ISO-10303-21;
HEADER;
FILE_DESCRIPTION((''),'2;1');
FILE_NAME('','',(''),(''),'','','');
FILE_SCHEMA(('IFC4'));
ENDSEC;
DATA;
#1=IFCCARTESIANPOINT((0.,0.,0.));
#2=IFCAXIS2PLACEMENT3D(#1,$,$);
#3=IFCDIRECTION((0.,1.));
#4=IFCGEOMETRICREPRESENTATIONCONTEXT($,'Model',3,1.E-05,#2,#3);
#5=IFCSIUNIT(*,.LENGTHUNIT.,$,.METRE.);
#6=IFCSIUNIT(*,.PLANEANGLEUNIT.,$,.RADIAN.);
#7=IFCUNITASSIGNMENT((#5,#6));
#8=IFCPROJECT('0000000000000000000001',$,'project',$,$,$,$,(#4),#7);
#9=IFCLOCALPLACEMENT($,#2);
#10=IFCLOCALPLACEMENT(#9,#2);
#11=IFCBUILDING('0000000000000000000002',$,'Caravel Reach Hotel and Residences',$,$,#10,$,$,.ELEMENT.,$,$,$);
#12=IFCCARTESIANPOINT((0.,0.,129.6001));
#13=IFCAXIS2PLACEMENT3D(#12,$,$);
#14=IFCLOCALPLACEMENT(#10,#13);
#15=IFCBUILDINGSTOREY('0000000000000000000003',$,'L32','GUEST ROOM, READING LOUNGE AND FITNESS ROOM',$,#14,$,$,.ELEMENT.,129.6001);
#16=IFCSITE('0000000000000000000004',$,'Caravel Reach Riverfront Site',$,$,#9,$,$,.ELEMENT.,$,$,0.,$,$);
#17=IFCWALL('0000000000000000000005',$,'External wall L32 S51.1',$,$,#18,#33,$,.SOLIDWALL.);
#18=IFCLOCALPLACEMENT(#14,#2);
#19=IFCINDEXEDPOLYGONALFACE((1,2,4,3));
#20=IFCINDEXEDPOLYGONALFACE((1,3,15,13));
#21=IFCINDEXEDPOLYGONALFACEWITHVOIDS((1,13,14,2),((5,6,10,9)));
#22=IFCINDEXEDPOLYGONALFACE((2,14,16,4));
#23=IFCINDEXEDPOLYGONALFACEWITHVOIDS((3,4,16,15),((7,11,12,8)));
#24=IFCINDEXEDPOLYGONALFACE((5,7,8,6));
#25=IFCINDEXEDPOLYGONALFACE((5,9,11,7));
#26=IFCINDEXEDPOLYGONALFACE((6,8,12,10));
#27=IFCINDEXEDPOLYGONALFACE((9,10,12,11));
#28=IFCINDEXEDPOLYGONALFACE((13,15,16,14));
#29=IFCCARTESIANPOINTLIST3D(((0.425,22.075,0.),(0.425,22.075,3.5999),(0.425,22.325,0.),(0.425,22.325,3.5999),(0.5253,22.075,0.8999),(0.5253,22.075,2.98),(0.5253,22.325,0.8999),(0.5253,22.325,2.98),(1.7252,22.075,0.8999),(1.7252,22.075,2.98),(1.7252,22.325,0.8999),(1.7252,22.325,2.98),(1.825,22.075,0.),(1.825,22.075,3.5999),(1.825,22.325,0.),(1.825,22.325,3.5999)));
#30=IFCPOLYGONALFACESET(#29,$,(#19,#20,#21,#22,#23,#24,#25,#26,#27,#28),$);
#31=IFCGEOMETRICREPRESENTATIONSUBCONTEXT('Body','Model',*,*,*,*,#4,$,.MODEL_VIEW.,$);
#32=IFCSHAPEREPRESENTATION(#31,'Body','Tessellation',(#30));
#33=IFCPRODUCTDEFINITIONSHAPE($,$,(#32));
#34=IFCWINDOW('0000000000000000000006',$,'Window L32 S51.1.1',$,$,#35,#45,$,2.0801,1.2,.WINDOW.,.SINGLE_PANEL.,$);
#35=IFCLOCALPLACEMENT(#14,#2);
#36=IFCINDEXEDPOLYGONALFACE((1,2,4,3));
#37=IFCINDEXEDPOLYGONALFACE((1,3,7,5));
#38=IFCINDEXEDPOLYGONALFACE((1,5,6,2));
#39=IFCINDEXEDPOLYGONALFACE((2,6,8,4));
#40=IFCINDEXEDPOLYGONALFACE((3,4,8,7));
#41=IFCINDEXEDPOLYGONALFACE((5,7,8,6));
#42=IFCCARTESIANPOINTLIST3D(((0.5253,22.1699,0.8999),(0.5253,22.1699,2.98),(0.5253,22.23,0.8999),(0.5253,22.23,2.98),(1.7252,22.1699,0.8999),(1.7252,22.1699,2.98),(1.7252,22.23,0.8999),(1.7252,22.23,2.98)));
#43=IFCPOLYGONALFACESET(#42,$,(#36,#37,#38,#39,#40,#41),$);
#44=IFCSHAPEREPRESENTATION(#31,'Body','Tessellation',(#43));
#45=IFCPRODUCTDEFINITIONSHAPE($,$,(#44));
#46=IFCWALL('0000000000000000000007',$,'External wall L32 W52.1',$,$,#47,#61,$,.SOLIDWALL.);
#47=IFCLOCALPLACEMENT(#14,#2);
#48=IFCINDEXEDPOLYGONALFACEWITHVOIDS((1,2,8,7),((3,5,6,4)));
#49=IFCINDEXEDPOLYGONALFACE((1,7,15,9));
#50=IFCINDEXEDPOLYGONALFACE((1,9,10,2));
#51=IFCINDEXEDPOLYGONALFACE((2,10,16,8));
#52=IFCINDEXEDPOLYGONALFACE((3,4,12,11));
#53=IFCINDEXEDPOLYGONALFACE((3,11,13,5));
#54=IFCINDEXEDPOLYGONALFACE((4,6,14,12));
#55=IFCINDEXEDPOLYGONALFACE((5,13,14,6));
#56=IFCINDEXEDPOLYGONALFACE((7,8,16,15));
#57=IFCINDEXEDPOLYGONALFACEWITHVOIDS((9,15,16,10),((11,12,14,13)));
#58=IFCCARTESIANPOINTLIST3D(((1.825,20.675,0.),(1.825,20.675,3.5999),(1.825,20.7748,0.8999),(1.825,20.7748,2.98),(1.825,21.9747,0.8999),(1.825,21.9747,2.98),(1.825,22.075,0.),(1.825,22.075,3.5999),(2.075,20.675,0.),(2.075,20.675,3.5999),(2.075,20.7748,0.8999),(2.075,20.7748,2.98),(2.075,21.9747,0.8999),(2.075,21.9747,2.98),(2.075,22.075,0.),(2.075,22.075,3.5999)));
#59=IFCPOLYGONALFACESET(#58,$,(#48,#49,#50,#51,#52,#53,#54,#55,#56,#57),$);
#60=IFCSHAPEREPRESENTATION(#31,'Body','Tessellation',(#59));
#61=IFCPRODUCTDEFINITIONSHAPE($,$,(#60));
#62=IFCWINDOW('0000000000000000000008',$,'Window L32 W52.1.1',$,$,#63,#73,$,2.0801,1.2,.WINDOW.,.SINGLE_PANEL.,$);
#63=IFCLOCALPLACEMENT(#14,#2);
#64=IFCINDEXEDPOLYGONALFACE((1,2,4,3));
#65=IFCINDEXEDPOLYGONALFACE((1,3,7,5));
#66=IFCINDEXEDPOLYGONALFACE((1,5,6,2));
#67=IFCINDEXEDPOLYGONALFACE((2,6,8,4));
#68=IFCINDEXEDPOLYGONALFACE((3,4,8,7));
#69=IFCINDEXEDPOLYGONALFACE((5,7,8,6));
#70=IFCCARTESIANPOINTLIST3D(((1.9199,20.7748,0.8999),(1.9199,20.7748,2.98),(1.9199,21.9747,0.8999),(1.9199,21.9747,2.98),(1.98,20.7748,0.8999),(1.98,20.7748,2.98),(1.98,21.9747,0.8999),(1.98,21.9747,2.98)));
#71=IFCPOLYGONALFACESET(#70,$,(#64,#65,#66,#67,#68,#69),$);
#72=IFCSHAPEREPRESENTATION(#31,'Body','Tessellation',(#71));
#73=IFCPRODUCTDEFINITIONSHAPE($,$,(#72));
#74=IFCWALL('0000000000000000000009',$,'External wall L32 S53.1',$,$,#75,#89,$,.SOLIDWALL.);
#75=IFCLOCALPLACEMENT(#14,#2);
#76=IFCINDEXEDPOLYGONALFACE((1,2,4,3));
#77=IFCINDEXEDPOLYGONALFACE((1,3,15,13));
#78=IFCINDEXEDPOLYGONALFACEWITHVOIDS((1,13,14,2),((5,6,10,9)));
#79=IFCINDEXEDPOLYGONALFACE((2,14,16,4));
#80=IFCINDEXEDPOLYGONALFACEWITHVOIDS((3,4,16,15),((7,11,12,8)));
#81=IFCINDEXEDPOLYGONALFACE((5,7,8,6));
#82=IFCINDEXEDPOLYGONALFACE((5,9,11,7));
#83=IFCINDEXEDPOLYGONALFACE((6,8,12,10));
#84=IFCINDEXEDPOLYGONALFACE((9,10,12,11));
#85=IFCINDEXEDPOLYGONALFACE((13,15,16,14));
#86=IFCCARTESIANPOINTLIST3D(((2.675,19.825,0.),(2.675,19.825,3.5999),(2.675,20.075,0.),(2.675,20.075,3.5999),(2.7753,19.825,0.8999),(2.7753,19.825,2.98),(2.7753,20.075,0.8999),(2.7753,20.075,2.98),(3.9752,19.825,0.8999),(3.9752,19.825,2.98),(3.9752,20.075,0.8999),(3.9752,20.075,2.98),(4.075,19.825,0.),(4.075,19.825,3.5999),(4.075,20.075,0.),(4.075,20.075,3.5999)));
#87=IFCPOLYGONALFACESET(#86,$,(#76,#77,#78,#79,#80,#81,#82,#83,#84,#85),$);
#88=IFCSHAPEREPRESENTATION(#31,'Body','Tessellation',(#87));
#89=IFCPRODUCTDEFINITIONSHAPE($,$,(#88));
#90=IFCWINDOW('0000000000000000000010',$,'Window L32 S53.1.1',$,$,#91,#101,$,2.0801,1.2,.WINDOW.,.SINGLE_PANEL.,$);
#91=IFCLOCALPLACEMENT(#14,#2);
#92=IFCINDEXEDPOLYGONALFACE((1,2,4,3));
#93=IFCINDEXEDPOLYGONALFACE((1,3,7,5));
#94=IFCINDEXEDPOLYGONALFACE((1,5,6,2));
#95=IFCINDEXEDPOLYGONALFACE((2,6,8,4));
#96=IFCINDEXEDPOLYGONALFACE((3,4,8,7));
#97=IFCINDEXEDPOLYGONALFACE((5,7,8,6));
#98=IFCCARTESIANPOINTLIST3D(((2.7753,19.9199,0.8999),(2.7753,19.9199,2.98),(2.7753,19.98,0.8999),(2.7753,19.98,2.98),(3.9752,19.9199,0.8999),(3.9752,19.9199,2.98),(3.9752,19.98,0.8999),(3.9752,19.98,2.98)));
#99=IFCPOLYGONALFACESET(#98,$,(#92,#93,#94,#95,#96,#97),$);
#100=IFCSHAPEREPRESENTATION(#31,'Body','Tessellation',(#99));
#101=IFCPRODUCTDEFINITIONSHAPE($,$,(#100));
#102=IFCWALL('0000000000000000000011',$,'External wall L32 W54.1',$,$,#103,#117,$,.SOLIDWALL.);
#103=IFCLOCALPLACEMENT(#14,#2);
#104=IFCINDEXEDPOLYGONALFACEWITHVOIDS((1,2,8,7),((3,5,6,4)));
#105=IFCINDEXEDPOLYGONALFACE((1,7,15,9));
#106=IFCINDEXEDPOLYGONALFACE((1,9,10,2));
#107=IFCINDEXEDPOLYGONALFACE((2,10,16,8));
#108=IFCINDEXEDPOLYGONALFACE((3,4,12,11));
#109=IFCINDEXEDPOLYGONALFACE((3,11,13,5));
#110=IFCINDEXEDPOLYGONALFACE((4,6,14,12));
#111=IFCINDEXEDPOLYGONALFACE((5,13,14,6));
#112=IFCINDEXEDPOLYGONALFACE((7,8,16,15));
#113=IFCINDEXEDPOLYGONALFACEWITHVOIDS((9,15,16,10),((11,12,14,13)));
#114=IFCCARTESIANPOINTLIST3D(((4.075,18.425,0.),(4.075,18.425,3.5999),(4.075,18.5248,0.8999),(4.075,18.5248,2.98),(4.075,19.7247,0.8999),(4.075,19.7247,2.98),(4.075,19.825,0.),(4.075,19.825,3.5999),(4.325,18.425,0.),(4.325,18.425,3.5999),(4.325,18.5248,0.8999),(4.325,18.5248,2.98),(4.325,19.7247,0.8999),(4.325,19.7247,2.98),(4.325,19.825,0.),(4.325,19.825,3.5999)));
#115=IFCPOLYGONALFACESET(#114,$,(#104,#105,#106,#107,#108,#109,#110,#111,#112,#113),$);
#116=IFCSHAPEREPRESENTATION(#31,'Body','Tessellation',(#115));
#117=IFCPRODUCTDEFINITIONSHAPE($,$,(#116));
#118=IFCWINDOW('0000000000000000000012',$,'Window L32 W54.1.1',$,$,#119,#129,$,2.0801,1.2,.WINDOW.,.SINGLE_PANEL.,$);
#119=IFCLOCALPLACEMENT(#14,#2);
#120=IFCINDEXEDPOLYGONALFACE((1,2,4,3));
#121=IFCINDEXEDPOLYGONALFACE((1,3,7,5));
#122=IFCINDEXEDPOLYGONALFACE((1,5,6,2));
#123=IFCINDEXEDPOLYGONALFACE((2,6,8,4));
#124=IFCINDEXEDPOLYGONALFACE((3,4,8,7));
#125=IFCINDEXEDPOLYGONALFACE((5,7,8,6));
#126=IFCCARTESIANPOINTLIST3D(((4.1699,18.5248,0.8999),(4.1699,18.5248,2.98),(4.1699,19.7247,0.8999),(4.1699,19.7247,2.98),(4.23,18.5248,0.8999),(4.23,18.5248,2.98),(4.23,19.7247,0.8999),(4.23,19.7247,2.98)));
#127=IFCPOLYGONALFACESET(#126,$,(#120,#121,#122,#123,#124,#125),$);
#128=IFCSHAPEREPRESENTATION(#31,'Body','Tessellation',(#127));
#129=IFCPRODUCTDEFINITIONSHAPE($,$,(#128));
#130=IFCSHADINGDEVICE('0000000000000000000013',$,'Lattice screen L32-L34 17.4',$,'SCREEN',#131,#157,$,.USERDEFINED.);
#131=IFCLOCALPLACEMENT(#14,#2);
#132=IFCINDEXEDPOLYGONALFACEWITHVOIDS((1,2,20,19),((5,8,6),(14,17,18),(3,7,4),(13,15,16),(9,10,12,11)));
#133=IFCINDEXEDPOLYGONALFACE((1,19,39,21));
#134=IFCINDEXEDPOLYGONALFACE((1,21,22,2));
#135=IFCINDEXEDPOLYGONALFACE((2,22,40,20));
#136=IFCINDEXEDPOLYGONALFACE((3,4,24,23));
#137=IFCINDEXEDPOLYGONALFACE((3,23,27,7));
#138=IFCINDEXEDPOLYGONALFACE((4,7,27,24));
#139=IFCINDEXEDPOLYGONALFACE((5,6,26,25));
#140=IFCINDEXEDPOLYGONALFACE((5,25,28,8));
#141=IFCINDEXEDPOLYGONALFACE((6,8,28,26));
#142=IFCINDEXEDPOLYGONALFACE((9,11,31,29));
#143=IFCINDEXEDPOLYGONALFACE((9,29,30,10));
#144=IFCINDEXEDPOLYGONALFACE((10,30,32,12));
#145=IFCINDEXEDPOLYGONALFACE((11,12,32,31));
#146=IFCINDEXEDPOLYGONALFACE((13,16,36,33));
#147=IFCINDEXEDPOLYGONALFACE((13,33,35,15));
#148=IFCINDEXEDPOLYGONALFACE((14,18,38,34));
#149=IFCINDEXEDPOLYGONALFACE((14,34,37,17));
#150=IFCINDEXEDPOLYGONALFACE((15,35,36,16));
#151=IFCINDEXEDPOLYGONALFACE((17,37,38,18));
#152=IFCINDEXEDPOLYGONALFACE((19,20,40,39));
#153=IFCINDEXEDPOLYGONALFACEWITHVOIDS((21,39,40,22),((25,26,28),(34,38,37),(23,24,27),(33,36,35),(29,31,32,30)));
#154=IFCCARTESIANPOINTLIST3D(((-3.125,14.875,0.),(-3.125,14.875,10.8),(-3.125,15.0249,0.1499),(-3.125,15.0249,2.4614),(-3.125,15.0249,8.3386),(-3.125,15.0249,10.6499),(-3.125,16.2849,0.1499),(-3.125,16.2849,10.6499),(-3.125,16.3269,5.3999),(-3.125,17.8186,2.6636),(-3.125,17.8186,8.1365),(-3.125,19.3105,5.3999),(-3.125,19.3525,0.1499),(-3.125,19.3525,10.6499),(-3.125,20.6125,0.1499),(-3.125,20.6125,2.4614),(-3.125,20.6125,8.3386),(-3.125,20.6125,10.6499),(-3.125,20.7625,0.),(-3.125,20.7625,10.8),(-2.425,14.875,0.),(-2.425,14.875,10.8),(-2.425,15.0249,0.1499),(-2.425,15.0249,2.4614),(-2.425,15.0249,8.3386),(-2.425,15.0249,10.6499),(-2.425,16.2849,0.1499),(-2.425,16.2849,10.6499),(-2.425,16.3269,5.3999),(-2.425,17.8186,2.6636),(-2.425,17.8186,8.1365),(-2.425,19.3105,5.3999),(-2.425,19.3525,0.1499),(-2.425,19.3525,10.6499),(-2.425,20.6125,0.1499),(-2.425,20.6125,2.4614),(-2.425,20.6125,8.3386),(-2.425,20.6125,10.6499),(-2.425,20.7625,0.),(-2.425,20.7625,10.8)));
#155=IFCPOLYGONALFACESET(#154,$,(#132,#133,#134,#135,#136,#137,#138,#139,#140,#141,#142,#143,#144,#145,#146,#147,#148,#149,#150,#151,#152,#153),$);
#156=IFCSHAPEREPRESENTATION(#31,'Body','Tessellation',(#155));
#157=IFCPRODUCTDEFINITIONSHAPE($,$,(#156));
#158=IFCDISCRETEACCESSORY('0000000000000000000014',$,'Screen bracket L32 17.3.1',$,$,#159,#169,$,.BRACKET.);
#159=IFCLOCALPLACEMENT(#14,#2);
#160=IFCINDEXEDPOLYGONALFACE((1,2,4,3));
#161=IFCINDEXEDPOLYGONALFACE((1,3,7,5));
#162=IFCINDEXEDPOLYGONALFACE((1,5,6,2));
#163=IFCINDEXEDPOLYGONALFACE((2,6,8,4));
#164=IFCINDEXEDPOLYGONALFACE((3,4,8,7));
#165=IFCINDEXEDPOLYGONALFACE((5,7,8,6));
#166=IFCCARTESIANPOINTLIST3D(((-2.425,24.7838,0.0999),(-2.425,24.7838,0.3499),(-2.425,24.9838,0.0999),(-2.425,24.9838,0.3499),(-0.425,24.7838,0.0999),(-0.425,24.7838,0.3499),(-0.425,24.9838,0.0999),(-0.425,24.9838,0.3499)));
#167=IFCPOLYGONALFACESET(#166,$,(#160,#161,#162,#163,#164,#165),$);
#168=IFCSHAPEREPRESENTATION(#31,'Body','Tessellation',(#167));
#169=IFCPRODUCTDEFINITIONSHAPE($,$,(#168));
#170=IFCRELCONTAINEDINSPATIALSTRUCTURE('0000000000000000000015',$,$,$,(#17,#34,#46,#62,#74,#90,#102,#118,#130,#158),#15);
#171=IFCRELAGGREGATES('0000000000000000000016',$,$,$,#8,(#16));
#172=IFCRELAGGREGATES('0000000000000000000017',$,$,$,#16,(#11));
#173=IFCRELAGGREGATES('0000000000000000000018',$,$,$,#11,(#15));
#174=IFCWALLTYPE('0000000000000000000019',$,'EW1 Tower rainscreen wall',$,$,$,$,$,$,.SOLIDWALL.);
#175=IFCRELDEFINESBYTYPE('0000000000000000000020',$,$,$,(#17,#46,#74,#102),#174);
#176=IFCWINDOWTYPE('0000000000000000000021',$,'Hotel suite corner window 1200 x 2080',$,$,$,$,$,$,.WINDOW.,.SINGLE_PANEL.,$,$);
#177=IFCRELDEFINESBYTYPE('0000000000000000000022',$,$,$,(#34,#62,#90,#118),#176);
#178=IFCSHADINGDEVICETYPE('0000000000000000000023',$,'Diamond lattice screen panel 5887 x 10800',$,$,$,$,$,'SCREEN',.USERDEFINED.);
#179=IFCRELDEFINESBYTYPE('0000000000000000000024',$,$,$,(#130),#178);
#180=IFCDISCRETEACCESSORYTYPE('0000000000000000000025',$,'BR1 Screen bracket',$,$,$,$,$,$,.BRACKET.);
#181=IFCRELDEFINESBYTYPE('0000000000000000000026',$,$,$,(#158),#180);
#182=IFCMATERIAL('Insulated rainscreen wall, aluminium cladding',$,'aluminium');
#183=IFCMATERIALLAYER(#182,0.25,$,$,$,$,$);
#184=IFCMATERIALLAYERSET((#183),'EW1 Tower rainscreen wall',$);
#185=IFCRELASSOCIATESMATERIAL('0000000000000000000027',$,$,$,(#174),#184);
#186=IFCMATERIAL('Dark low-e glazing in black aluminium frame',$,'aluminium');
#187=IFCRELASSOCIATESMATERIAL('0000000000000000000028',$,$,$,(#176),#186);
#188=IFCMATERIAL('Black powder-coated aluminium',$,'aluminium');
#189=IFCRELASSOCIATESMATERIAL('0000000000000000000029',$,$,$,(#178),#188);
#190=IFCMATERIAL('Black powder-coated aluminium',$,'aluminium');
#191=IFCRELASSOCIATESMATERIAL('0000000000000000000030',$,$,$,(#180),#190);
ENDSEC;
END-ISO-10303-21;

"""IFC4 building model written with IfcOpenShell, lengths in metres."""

from ifc_helpers import new_model, si_unit, direction, frame, frame_2d, origin, origin_2d, place, context, subcontext, project, spatial, polyline, rectangle, outline, extrude, material, layer, layer_set, type_object, element, fill, save


model = new_model("IFC4")

# Units and contexts
model_context = context("Model", 3, precision=1e-05, world=origin(), true_north=direction((0.0, 1.0)))
body_context = subcontext(model_context, "Body", "Model", "MODEL_VIEW")
ifc_project = project(units=[si_unit("LENGTHUNIT", "METRE"), si_unit("PLANEANGLEUNIT", "RADIAN")], contexts=[model_context])

# Site, building, storey
site_placement = place(None, origin())
site = spatial("IfcSite", under=ifc_project, at=site_placement, Name="Caravel Reach Riverfront Site", CompositionType="ELEMENT", RefElevation=0.0)
building_placement = place(site_placement, origin())
building = spatial("IfcBuilding", under=site, at=building_placement, Name="Caravel Reach Hotel and Residences", CompositionType="ELEMENT")
storey_placement = place(building_placement, frame((0.0, 0.0, 129.6001)))
storey = spatial("IfcBuildingStorey", under=building, at=storey_placement, Name="L32", Description="GUEST ROOM, READING LOUNGE AND FITNESS ROOM", CompositionType="ELEMENT", Elevation=129.6001)

# Walls, openings, windows
ifc_material_1 = material(Name="Insulated rainscreen wall, aluminium cladding", Category="aluminium")
ifc_layer = layer(ifc_material_1, 0.25)
ifc_layer_set = layer_set([ifc_layer], Name="EW1 Tower rainscreen wall")
wall_type = type_object("IfcWallType", Name="EW1 Tower rainscreen wall", PredefinedType="SOLIDWALL", material=ifc_layer_set)
wall_1_placement = place(storey_placement, frame((0.425, 22.2, 0.0), z_axis=(0.0, 0.0, 1.0), x_axis=(1.0, 0.0, 0.0)))
wall_1 = element("IfcWall", 1, at=wall_1_placement, inside=storey, type_object=wall_type, Name="External wall L32 S51.1", PredefinedType="SOLIDWALL", context=body_context, shape_type="SweptSolid", body=[
    extrude(rectangle(XDim=1.3999, YDim=0.25, at=frame_2d((0.7, 0.0))), origin(), (0.0, 0.0, 1.0), 3.5999),
])
opening_1_placement = place(wall_1_placement, frame((0.1001, 0.0, 0.8999)))
opening_1 = element("IfcOpeningElement", 2, at=opening_1_placement, cuts=wall_1, PredefinedType="OPENING", context=body_context, shape_type="SweptSolid", body=[
    extrude(rectangle(XDim=1.2, YDim=2.0801, at=frame_2d((0.6001, 1.04))), frame((0.0, 0.135, 0.0), z_axis=(0.0, -1.0, 0.0), x_axis=(1.0, 0.0, 0.0)), (0.0, 0.0, 1.0), 0.27),
])
ifc_material_2 = material(Name="Dark low-e glazing in black aluminium frame", Category="aluminium")
window_type = type_object("IfcWindowType", Name="Hotel suite corner window 1200 x 2080", PartitioningType="SINGLE_PANEL", PredefinedType="WINDOW", material=ifc_material_2)
window_1_placement = place(opening_1_placement, origin())
window_1 = element("IfcWindow", 3, at=window_1_placement, inside=storey, type_object=window_type, Name="Window L32 S51.1.1", OverallHeight=2.0801, OverallWidth=1.2, PartitioningType="SINGLE_PANEL", PredefinedType="WINDOW", context=body_context, shape_type="SweptSolid", body=[
    extrude(rectangle(XDim=1.2, YDim=2.0801, at=frame_2d((0.6001, 1.04))), frame((0.0, 0.03, 0.0), z_axis=(0.0, -1.0, 0.0), x_axis=(1.0, 0.0, 0.0)), (0.0, 0.0, 1.0), 0.0601),
])
fill(opening_1, window_1)
wall_2_placement = place(storey_placement, frame((1.95, 22.075, 0.0), z_axis=(0.0, 0.0, 1.0), x_axis=(0.0, -1.0, 0.0)))
wall_2 = element("IfcWall", 4, at=wall_2_placement, inside=storey, type_object=wall_type, Name="External wall L32 W52.1", PredefinedType="SOLIDWALL", context=body_context, shape_type="SweptSolid", body=[
    extrude(rectangle(XDim=1.3999, YDim=0.25, at=frame_2d((0.7, 0.0))), origin(), (0.0, 0.0, 1.0), 3.5999),
])
opening_2_placement = place(wall_2_placement, frame((0.1001, 0.0, 0.8999)))
opening_2 = element("IfcOpeningElement", 5, at=opening_2_placement, cuts=wall_2, PredefinedType="OPENING", context=body_context, shape_type="SweptSolid", body=[
    extrude(rectangle(XDim=1.2, YDim=2.0801, at=frame_2d((0.6001, 1.04))), frame((0.0, 0.135, 0.0), z_axis=(0.0, -1.0, 0.0), x_axis=(1.0, 0.0, 0.0)), (0.0, 0.0, 1.0), 0.27),
])
window_2_placement = place(opening_2_placement, origin())
window_2 = element("IfcWindow", 6, at=window_2_placement, inside=storey, type_object=window_type, Name="Window L32 W52.1.1", OverallHeight=2.0801, OverallWidth=1.2, PartitioningType="SINGLE_PANEL", PredefinedType="WINDOW", context=body_context, shape_type="SweptSolid", body=[
    extrude(rectangle(XDim=1.2, YDim=2.0801, at=frame_2d((0.6001, 1.04))), frame((0.0, 0.03, 0.0), z_axis=(0.0, -1.0, 0.0), x_axis=(1.0, 0.0, 0.0)), (0.0, 0.0, 1.0), 0.0601),
])
fill(opening_2, window_2)
wall_3_placement = place(storey_placement, frame((2.675, 19.95, 0.0), z_axis=(0.0, 0.0, 1.0), x_axis=(1.0, 0.0, 0.0)))
wall_3 = element("IfcWall", 7, at=wall_3_placement, inside=storey, type_object=wall_type, Name="External wall L32 S53.1", PredefinedType="SOLIDWALL", context=body_context, shape_type="SweptSolid", body=[
    extrude(rectangle(XDim=1.3999, YDim=0.25, at=frame_2d((0.7, 0.0))), origin(), (0.0, 0.0, 1.0), 3.5999),
])
opening_3_placement = place(wall_3_placement, frame((0.1001, 0.0, 0.8999)))
opening_3 = element("IfcOpeningElement", 8, at=opening_3_placement, cuts=wall_3, PredefinedType="OPENING", context=body_context, shape_type="SweptSolid", body=[
    extrude(rectangle(XDim=1.2, YDim=2.0801, at=frame_2d((0.6001, 1.04))), frame((0.0, 0.135, 0.0), z_axis=(0.0, -1.0, 0.0), x_axis=(1.0, 0.0, 0.0)), (0.0, 0.0, 1.0), 0.27),
])
window_3_placement = place(opening_3_placement, origin())
window_3 = element("IfcWindow", 9, at=window_3_placement, inside=storey, type_object=window_type, Name="Window L32 S53.1.1", OverallHeight=2.0801, OverallWidth=1.2, PartitioningType="SINGLE_PANEL", PredefinedType="WINDOW", context=body_context, shape_type="SweptSolid", body=[
    extrude(rectangle(XDim=1.2, YDim=2.0801, at=frame_2d((0.6001, 1.04))), frame((0.0, 0.03, 0.0), z_axis=(0.0, -1.0, 0.0), x_axis=(1.0, 0.0, 0.0)), (0.0, 0.0, 1.0), 0.0601),
])
fill(opening_3, window_3)
wall_4_placement = place(storey_placement, frame((4.2, 19.825, 0.0), z_axis=(0.0, 0.0, 1.0), x_axis=(0.0, -1.0, 0.0)))
wall_4 = element("IfcWall", 10, at=wall_4_placement, inside=storey, type_object=wall_type, Name="External wall L32 W54.1", PredefinedType="SOLIDWALL", context=body_context, shape_type="SweptSolid", body=[
    extrude(rectangle(XDim=1.3999, YDim=0.25, at=frame_2d((0.7, 0.0))), origin(), (0.0, 0.0, 1.0), 3.5999),
])
opening_4_placement = place(wall_4_placement, frame((0.1001, 0.0, 0.8999)))
opening_4 = element("IfcOpeningElement", 11, at=opening_4_placement, cuts=wall_4, PredefinedType="OPENING", context=body_context, shape_type="SweptSolid", body=[
    extrude(rectangle(XDim=1.2, YDim=2.0801, at=frame_2d((0.6001, 1.04))), frame((0.0, 0.135, 0.0), z_axis=(0.0, -1.0, 0.0), x_axis=(1.0, 0.0, 0.0)), (0.0, 0.0, 1.0), 0.27),
])
window_4_placement = place(opening_4_placement, origin())
window_4 = element("IfcWindow", 12, at=window_4_placement, inside=storey, type_object=window_type, Name="Window L32 W54.1.1", OverallHeight=2.0801, OverallWidth=1.2, PartitioningType="SINGLE_PANEL", PredefinedType="WINDOW", context=body_context, shape_type="SweptSolid", body=[
    extrude(rectangle(XDim=1.2, YDim=2.0801, at=frame_2d((0.6001, 1.04))), frame((0.0, 0.03, 0.0), z_axis=(0.0, -1.0, 0.0), x_axis=(1.0, 0.0, 0.0)), (0.0, 0.0, 1.0), 0.0601),
])
fill(opening_4, window_4)

# Shading device
ifc_material_3 = material(Name="Black powder-coated aluminium", Category="aluminium")
shading_device_type = type_object("IfcShadingDeviceType", Name="Diamond lattice screen panel 5887 x 10800", ElementType="SCREEN", PredefinedType="USERDEFINED", material=ifc_material_3)
shading_device_placement = place(storey_placement, frame((-2.425, 20.7625, 0.0), z_axis=(-1.0, 0.0, 0.0), x_axis=(0.0, -1.0, 0.0)))
element("IfcShadingDevice", 13, at=shading_device_placement, inside=storey, type_object=shading_device_type, Name="Lattice screen L32-L34 17.4", ObjectType="SCREEN", PredefinedType="USERDEFINED", context=body_context, shape_type="SweptSolid", body=[
    extrude(outline(polyline([(0.0, 0.0), (5.8875, 0.0), (5.8875, 10.8), (0.0, 10.8), (0.0, 0.0)]), holes=[polyline([(1.4099, 0.1499), (0.1499, 2.4614), (0.1499, 0.1499), (1.4099, 0.1499)]), polyline([(0.1499, 8.3386), (1.4099, 10.6499), (0.1499, 10.6499), (0.1499, 8.3386)]), polyline([(2.9438, 8.1365), (1.4519, 5.3999), (2.9438, 2.6636), (4.4355, 5.3999), (2.9438, 8.1365)]), polyline([(5.7375, 2.4614), (4.4775, 0.1499), (5.7375, 0.1499), (5.7375, 2.4614)]), polyline([(4.4775, 10.6499), (5.7375, 8.3386), (5.7375, 10.6499), (4.4775, 10.6499)])]), origin(), (0.0, 0.0, 1.0), 0.7),
])

# Discrete accessory
ifc_material_4 = material(Name="Black powder-coated aluminium", Category="aluminium")
discrete_accessory_type = type_object("IfcDiscreteAccessoryType", Name="BR1 Screen bracket", PredefinedType="BRACKET", material=ifc_material_4)
discrete_accessory_placement = place(storey_placement, frame((-1.425, 24.8838, 0.0999), z_axis=(0.0, 0.0, 1.0), x_axis=(-1.0, 0.0, 0.0)))
element("IfcDiscreteAccessory", 14, at=discrete_accessory_placement, inside=storey, type_object=discrete_accessory_type, Name="Screen bracket L32 17.3.1", PredefinedType="BRACKET", context=body_context, shape_type="SweptSolid", body=[
    extrude(rectangle(XDim=2.0, YDim=0.2, at=origin_2d()), origin(), (0.0, 0.0, 1.0), 0.25),
])

save(model, "model.ifc")
